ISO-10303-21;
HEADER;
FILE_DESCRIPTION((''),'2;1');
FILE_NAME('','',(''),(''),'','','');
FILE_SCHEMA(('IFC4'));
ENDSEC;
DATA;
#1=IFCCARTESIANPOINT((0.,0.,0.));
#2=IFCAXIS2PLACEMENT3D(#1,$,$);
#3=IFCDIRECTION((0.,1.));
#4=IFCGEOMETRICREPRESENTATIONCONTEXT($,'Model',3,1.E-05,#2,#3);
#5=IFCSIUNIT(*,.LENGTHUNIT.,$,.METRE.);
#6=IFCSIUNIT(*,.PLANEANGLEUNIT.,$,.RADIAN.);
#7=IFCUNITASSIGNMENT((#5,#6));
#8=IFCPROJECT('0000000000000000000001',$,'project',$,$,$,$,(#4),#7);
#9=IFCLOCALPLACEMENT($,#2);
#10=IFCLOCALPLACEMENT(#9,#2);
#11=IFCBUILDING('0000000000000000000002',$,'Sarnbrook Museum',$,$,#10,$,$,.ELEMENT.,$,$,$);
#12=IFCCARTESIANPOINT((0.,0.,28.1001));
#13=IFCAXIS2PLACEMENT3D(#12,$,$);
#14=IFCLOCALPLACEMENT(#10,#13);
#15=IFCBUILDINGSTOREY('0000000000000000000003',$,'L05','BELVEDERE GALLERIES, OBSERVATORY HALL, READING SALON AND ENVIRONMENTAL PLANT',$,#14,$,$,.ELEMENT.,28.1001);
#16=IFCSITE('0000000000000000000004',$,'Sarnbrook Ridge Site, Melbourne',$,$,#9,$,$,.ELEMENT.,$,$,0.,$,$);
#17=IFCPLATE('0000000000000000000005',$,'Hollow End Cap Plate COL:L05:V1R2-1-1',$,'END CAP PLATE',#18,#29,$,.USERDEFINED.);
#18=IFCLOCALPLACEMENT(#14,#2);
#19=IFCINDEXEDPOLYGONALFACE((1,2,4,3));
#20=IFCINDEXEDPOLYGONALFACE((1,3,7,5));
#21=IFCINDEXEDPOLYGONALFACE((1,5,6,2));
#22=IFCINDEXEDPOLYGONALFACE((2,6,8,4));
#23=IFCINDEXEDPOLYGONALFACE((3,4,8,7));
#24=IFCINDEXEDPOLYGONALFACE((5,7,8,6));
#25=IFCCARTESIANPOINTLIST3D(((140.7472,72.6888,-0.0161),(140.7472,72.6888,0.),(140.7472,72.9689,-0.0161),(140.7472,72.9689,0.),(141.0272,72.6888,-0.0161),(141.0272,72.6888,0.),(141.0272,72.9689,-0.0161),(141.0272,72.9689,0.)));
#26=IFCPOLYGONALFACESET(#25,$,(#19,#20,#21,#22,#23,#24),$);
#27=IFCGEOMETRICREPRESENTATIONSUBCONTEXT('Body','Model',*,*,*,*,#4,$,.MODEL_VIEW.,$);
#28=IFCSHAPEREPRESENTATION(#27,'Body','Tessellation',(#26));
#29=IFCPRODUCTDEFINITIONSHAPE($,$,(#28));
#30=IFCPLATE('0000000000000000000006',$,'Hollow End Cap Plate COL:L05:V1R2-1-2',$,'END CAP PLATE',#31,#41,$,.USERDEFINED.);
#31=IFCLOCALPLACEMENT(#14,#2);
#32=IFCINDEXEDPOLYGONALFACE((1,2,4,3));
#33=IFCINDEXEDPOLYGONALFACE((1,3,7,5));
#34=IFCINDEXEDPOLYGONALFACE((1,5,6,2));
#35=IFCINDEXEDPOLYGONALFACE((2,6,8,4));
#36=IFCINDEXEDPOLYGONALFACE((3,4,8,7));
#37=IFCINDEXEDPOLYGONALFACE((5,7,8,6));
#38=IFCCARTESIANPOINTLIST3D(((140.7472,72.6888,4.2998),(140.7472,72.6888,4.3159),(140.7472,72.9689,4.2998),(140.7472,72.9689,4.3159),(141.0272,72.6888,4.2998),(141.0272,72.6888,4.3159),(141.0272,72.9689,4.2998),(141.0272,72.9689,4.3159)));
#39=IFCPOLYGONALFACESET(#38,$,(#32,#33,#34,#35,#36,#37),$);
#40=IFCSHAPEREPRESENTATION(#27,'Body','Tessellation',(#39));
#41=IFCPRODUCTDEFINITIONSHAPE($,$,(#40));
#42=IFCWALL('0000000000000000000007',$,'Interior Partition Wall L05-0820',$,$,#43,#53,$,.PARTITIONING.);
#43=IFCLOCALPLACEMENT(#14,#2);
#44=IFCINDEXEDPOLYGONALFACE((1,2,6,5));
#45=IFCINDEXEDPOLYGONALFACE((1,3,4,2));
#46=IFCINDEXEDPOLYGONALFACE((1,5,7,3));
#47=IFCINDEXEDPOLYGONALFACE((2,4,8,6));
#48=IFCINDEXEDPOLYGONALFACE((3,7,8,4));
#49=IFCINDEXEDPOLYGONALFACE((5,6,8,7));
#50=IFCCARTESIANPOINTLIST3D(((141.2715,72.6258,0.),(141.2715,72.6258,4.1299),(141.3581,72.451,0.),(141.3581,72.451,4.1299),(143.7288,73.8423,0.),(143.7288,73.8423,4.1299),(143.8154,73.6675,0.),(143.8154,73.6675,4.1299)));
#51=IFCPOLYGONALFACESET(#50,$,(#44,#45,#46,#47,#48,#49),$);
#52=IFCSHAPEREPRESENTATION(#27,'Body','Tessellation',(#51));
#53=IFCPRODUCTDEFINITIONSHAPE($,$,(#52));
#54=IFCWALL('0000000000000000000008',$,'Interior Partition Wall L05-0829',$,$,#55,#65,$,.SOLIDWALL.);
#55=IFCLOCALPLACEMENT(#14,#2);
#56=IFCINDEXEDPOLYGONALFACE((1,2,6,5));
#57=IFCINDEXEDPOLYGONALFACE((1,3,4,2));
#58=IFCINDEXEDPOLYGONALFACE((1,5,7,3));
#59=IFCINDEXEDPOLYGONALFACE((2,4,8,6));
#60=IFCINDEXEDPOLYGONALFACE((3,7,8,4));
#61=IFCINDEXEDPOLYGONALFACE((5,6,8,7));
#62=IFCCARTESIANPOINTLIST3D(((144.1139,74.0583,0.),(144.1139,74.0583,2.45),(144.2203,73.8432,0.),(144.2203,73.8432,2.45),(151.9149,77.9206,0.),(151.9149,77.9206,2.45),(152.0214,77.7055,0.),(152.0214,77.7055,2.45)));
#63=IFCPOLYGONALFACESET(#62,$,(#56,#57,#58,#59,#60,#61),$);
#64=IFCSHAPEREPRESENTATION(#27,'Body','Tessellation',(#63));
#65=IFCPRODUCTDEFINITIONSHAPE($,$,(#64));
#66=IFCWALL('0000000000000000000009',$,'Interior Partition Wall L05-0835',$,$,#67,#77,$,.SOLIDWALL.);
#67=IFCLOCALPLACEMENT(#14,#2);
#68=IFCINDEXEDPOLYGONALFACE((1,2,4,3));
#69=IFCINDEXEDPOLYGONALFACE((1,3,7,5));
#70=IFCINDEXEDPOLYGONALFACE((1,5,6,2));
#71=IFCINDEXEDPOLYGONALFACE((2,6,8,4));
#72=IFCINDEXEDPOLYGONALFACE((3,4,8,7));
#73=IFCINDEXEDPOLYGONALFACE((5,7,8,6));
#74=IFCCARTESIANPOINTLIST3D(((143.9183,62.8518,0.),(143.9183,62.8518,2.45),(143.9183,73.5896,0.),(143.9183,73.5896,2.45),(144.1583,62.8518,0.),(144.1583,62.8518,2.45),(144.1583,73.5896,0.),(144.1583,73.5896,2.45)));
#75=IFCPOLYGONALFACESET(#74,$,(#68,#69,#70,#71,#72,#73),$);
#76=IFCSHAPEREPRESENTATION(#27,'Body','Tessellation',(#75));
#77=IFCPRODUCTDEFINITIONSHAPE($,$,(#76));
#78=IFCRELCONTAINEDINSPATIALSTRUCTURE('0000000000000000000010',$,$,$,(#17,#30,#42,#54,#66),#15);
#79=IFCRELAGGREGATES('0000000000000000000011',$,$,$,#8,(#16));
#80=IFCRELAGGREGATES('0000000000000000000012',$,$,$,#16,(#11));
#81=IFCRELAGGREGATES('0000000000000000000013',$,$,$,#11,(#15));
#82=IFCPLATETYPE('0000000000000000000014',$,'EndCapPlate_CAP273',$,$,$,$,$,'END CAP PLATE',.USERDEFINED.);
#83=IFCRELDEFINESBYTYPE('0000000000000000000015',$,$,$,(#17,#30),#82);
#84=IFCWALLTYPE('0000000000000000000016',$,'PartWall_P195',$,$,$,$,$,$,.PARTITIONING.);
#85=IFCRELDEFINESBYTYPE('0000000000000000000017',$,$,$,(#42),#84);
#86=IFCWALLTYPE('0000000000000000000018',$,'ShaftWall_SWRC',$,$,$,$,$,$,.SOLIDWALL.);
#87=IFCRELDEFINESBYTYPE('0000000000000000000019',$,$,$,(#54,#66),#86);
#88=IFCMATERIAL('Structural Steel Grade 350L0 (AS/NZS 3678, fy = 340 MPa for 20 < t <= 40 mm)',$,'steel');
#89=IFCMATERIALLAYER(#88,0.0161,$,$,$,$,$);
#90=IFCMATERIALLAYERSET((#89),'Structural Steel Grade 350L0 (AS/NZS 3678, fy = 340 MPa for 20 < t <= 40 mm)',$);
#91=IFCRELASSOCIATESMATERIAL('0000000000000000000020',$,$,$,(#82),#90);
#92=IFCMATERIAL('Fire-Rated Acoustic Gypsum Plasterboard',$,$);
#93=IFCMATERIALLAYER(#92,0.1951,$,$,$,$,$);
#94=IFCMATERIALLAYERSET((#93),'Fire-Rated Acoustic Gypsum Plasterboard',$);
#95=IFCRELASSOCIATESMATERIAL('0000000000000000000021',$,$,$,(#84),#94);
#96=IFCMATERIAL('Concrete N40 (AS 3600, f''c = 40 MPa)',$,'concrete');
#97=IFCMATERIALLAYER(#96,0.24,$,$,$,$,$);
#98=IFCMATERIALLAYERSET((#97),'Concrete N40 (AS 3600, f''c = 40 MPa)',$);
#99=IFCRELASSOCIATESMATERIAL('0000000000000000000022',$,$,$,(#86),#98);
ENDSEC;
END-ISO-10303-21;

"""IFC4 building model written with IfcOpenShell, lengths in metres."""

from ifc_helpers import new_model, si_unit, direction, frame, frame_2d, origin, origin_2d, place, context, subcontext, project, spatial, rectangle, extrude, material, layer, layer_set, type_object, element, save


model = new_model("IFC4")

# Units and contexts
model_context = context("Model", 3, precision=1e-05, world=origin(), true_north=direction((0.0, 1.0)))
body_context = subcontext(model_context, "Body", "Model", "MODEL_VIEW")
ifc_project = project(units=[si_unit("LENGTHUNIT", "METRE"), si_unit("PLANEANGLEUNIT", "RADIAN")], contexts=[model_context])

# Site, building, storey
site_placement = place(None, origin())
site = spatial("IfcSite", under=ifc_project, at=site_placement, Name="Sarnbrook Ridge Site, Melbourne", CompositionType="ELEMENT", RefElevation=0.0)
building_placement = place(site_placement, origin())
building = spatial("IfcBuilding", under=site, at=building_placement, Name="Sarnbrook Museum", CompositionType="ELEMENT")
storey_placement = place(building_placement, frame((0.0, 0.0, 28.1001)))
storey = spatial("IfcBuildingStorey", under=building, at=storey_placement, Name="L05", Description="BELVEDERE GALLERIES, OBSERVATORY HALL, READING SALON AND ENVIRONMENTAL PLANT", CompositionType="ELEMENT", Elevation=28.1001)

# Plates
ifc_material_1 = material(Name="Structural Steel Grade 350L0 (AS/NZS 3678, fy = 340 MPa for 20 < t <= 40 mm)", Category="steel")
ifc_layer_1 = layer(ifc_material_1, 0.0161)
ifc_layer_set_1 = layer_set([ifc_layer_1], Name="Structural Steel Grade 350L0 (AS/NZS 3678, fy = 340 MPa for 20 < t <= 40 mm)")
plate_type_1 = type_object("IfcPlateType", Name="EndCapPlate_CAP273", ElementType="END CAP PLATE", PredefinedType="USERDEFINED", material=ifc_layer_set_1)
for number, where, z_axis, x_axis, name in (
    (1, (140.8872, 72.8289, -0.0161), (0.0, 0.0, 1.0), (1.0, 0.0, 0.0), "Hollow End Cap Plate COL:L05:V1R2-1-1"),
    (2, (140.8872, 72.8289, 4.2998), (0.0, 0.0, 1.0), (1.0, 0.0, 0.0), "Hollow End Cap Plate COL:L05:V1R2-1-2"),
):
    element("IfcPlate", number, at=place(storey_placement, frame(where, z_axis=z_axis, x_axis=x_axis)), inside=storey, type_object=plate_type_1, Name=name, ObjectType="END CAP PLATE", PredefinedType="USERDEFINED", context=body_context, shape_type="SweptSolid", body=[
        extrude(rectangle(XDim=0.28, YDim=0.28, at=origin_2d()), origin(), (0.0, 0.0, 1.0), 0.0161),
    ])

# Walls
ifc_material_2 = material(Name="Fire-Rated Acoustic Gypsum Plasterboard")
ifc_layer_2 = layer(ifc_material_2, 0.1951)
ifc_layer_set_2 = layer_set([ifc_layer_2], Name="Fire-Rated Acoustic Gypsum Plasterboard")
wall_type_1 = type_object("IfcWallType", Name="PartWall_P195", PredefinedType="PARTITIONING", material=ifc_layer_set_2)
wall_1_placement = place(storey_placement, frame((141.3147, 72.5383, 0.0), z_axis=(0.0, 0.0, 1.0), x_axis=(0.896183, 0.443684, 0.0)))
element("IfcWall", 3, at=wall_1_placement, inside=storey, type_object=wall_type_1, Name="Interior Partition Wall L05-0820", PredefinedType="PARTITIONING", context=body_context, shape_type="SweptSolid", body=[
    extrude(rectangle(XDim=2.7419, YDim=0.1951, at=frame_2d((1.3711, 0.0))), origin(), (0.0, 0.0, 1.0), 4.1299),
])
ifc_material_3 = material(Name="Concrete N40 (AS 3600, f'c = 40 MPa)", Category="concrete")
ifc_layer_3 = layer(ifc_material_3, 0.24)
ifc_layer_set_3 = layer_set([ifc_layer_3], Name="Concrete N40 (AS 3600, f'c = 40 MPa)")
wall_type_2 = type_object("IfcWallType", Name="ShaftWall_SWRC", PredefinedType="SOLIDWALL", material=ifc_layer_set_3)
wall_2_placement = place(storey_placement, frame((144.167, 73.9507, 0.0), z_axis=(0.0, 0.0, 1.0), x_axis=(0.896176, 0.443699, 0.0)))
element("IfcWall", 4, at=wall_2_placement, inside=storey, type_object=wall_type_2, Name="Interior Partition Wall L05-0829", PredefinedType="SOLIDWALL", context=body_context, shape_type="SweptSolid", body=[
    extrude(rectangle(XDim=8.7048, YDim=0.24, at=frame_2d((4.3525, 0.0))), origin(), (0.0, 0.0, 1.0), 2.45),
])
wall_3_placement = place(storey_placement, frame((144.0383, 73.5896, 0.0), z_axis=(0.0, 0.0, 1.0), x_axis=(0.0, -1.0, 0.0)))
element("IfcWall", 5, at=wall_3_placement, inside=storey, type_object=wall_type_2, Name="Interior Partition Wall L05-0835", PredefinedType="SOLIDWALL", context=body_context, shape_type="SweptSolid", body=[
    extrude(rectangle(XDim=10.7378, YDim=0.24, at=frame_2d((5.3689, 0.0))), origin(), (0.0, 0.0, 1.0), 2.45),
])

save(model, "model.ifc")
